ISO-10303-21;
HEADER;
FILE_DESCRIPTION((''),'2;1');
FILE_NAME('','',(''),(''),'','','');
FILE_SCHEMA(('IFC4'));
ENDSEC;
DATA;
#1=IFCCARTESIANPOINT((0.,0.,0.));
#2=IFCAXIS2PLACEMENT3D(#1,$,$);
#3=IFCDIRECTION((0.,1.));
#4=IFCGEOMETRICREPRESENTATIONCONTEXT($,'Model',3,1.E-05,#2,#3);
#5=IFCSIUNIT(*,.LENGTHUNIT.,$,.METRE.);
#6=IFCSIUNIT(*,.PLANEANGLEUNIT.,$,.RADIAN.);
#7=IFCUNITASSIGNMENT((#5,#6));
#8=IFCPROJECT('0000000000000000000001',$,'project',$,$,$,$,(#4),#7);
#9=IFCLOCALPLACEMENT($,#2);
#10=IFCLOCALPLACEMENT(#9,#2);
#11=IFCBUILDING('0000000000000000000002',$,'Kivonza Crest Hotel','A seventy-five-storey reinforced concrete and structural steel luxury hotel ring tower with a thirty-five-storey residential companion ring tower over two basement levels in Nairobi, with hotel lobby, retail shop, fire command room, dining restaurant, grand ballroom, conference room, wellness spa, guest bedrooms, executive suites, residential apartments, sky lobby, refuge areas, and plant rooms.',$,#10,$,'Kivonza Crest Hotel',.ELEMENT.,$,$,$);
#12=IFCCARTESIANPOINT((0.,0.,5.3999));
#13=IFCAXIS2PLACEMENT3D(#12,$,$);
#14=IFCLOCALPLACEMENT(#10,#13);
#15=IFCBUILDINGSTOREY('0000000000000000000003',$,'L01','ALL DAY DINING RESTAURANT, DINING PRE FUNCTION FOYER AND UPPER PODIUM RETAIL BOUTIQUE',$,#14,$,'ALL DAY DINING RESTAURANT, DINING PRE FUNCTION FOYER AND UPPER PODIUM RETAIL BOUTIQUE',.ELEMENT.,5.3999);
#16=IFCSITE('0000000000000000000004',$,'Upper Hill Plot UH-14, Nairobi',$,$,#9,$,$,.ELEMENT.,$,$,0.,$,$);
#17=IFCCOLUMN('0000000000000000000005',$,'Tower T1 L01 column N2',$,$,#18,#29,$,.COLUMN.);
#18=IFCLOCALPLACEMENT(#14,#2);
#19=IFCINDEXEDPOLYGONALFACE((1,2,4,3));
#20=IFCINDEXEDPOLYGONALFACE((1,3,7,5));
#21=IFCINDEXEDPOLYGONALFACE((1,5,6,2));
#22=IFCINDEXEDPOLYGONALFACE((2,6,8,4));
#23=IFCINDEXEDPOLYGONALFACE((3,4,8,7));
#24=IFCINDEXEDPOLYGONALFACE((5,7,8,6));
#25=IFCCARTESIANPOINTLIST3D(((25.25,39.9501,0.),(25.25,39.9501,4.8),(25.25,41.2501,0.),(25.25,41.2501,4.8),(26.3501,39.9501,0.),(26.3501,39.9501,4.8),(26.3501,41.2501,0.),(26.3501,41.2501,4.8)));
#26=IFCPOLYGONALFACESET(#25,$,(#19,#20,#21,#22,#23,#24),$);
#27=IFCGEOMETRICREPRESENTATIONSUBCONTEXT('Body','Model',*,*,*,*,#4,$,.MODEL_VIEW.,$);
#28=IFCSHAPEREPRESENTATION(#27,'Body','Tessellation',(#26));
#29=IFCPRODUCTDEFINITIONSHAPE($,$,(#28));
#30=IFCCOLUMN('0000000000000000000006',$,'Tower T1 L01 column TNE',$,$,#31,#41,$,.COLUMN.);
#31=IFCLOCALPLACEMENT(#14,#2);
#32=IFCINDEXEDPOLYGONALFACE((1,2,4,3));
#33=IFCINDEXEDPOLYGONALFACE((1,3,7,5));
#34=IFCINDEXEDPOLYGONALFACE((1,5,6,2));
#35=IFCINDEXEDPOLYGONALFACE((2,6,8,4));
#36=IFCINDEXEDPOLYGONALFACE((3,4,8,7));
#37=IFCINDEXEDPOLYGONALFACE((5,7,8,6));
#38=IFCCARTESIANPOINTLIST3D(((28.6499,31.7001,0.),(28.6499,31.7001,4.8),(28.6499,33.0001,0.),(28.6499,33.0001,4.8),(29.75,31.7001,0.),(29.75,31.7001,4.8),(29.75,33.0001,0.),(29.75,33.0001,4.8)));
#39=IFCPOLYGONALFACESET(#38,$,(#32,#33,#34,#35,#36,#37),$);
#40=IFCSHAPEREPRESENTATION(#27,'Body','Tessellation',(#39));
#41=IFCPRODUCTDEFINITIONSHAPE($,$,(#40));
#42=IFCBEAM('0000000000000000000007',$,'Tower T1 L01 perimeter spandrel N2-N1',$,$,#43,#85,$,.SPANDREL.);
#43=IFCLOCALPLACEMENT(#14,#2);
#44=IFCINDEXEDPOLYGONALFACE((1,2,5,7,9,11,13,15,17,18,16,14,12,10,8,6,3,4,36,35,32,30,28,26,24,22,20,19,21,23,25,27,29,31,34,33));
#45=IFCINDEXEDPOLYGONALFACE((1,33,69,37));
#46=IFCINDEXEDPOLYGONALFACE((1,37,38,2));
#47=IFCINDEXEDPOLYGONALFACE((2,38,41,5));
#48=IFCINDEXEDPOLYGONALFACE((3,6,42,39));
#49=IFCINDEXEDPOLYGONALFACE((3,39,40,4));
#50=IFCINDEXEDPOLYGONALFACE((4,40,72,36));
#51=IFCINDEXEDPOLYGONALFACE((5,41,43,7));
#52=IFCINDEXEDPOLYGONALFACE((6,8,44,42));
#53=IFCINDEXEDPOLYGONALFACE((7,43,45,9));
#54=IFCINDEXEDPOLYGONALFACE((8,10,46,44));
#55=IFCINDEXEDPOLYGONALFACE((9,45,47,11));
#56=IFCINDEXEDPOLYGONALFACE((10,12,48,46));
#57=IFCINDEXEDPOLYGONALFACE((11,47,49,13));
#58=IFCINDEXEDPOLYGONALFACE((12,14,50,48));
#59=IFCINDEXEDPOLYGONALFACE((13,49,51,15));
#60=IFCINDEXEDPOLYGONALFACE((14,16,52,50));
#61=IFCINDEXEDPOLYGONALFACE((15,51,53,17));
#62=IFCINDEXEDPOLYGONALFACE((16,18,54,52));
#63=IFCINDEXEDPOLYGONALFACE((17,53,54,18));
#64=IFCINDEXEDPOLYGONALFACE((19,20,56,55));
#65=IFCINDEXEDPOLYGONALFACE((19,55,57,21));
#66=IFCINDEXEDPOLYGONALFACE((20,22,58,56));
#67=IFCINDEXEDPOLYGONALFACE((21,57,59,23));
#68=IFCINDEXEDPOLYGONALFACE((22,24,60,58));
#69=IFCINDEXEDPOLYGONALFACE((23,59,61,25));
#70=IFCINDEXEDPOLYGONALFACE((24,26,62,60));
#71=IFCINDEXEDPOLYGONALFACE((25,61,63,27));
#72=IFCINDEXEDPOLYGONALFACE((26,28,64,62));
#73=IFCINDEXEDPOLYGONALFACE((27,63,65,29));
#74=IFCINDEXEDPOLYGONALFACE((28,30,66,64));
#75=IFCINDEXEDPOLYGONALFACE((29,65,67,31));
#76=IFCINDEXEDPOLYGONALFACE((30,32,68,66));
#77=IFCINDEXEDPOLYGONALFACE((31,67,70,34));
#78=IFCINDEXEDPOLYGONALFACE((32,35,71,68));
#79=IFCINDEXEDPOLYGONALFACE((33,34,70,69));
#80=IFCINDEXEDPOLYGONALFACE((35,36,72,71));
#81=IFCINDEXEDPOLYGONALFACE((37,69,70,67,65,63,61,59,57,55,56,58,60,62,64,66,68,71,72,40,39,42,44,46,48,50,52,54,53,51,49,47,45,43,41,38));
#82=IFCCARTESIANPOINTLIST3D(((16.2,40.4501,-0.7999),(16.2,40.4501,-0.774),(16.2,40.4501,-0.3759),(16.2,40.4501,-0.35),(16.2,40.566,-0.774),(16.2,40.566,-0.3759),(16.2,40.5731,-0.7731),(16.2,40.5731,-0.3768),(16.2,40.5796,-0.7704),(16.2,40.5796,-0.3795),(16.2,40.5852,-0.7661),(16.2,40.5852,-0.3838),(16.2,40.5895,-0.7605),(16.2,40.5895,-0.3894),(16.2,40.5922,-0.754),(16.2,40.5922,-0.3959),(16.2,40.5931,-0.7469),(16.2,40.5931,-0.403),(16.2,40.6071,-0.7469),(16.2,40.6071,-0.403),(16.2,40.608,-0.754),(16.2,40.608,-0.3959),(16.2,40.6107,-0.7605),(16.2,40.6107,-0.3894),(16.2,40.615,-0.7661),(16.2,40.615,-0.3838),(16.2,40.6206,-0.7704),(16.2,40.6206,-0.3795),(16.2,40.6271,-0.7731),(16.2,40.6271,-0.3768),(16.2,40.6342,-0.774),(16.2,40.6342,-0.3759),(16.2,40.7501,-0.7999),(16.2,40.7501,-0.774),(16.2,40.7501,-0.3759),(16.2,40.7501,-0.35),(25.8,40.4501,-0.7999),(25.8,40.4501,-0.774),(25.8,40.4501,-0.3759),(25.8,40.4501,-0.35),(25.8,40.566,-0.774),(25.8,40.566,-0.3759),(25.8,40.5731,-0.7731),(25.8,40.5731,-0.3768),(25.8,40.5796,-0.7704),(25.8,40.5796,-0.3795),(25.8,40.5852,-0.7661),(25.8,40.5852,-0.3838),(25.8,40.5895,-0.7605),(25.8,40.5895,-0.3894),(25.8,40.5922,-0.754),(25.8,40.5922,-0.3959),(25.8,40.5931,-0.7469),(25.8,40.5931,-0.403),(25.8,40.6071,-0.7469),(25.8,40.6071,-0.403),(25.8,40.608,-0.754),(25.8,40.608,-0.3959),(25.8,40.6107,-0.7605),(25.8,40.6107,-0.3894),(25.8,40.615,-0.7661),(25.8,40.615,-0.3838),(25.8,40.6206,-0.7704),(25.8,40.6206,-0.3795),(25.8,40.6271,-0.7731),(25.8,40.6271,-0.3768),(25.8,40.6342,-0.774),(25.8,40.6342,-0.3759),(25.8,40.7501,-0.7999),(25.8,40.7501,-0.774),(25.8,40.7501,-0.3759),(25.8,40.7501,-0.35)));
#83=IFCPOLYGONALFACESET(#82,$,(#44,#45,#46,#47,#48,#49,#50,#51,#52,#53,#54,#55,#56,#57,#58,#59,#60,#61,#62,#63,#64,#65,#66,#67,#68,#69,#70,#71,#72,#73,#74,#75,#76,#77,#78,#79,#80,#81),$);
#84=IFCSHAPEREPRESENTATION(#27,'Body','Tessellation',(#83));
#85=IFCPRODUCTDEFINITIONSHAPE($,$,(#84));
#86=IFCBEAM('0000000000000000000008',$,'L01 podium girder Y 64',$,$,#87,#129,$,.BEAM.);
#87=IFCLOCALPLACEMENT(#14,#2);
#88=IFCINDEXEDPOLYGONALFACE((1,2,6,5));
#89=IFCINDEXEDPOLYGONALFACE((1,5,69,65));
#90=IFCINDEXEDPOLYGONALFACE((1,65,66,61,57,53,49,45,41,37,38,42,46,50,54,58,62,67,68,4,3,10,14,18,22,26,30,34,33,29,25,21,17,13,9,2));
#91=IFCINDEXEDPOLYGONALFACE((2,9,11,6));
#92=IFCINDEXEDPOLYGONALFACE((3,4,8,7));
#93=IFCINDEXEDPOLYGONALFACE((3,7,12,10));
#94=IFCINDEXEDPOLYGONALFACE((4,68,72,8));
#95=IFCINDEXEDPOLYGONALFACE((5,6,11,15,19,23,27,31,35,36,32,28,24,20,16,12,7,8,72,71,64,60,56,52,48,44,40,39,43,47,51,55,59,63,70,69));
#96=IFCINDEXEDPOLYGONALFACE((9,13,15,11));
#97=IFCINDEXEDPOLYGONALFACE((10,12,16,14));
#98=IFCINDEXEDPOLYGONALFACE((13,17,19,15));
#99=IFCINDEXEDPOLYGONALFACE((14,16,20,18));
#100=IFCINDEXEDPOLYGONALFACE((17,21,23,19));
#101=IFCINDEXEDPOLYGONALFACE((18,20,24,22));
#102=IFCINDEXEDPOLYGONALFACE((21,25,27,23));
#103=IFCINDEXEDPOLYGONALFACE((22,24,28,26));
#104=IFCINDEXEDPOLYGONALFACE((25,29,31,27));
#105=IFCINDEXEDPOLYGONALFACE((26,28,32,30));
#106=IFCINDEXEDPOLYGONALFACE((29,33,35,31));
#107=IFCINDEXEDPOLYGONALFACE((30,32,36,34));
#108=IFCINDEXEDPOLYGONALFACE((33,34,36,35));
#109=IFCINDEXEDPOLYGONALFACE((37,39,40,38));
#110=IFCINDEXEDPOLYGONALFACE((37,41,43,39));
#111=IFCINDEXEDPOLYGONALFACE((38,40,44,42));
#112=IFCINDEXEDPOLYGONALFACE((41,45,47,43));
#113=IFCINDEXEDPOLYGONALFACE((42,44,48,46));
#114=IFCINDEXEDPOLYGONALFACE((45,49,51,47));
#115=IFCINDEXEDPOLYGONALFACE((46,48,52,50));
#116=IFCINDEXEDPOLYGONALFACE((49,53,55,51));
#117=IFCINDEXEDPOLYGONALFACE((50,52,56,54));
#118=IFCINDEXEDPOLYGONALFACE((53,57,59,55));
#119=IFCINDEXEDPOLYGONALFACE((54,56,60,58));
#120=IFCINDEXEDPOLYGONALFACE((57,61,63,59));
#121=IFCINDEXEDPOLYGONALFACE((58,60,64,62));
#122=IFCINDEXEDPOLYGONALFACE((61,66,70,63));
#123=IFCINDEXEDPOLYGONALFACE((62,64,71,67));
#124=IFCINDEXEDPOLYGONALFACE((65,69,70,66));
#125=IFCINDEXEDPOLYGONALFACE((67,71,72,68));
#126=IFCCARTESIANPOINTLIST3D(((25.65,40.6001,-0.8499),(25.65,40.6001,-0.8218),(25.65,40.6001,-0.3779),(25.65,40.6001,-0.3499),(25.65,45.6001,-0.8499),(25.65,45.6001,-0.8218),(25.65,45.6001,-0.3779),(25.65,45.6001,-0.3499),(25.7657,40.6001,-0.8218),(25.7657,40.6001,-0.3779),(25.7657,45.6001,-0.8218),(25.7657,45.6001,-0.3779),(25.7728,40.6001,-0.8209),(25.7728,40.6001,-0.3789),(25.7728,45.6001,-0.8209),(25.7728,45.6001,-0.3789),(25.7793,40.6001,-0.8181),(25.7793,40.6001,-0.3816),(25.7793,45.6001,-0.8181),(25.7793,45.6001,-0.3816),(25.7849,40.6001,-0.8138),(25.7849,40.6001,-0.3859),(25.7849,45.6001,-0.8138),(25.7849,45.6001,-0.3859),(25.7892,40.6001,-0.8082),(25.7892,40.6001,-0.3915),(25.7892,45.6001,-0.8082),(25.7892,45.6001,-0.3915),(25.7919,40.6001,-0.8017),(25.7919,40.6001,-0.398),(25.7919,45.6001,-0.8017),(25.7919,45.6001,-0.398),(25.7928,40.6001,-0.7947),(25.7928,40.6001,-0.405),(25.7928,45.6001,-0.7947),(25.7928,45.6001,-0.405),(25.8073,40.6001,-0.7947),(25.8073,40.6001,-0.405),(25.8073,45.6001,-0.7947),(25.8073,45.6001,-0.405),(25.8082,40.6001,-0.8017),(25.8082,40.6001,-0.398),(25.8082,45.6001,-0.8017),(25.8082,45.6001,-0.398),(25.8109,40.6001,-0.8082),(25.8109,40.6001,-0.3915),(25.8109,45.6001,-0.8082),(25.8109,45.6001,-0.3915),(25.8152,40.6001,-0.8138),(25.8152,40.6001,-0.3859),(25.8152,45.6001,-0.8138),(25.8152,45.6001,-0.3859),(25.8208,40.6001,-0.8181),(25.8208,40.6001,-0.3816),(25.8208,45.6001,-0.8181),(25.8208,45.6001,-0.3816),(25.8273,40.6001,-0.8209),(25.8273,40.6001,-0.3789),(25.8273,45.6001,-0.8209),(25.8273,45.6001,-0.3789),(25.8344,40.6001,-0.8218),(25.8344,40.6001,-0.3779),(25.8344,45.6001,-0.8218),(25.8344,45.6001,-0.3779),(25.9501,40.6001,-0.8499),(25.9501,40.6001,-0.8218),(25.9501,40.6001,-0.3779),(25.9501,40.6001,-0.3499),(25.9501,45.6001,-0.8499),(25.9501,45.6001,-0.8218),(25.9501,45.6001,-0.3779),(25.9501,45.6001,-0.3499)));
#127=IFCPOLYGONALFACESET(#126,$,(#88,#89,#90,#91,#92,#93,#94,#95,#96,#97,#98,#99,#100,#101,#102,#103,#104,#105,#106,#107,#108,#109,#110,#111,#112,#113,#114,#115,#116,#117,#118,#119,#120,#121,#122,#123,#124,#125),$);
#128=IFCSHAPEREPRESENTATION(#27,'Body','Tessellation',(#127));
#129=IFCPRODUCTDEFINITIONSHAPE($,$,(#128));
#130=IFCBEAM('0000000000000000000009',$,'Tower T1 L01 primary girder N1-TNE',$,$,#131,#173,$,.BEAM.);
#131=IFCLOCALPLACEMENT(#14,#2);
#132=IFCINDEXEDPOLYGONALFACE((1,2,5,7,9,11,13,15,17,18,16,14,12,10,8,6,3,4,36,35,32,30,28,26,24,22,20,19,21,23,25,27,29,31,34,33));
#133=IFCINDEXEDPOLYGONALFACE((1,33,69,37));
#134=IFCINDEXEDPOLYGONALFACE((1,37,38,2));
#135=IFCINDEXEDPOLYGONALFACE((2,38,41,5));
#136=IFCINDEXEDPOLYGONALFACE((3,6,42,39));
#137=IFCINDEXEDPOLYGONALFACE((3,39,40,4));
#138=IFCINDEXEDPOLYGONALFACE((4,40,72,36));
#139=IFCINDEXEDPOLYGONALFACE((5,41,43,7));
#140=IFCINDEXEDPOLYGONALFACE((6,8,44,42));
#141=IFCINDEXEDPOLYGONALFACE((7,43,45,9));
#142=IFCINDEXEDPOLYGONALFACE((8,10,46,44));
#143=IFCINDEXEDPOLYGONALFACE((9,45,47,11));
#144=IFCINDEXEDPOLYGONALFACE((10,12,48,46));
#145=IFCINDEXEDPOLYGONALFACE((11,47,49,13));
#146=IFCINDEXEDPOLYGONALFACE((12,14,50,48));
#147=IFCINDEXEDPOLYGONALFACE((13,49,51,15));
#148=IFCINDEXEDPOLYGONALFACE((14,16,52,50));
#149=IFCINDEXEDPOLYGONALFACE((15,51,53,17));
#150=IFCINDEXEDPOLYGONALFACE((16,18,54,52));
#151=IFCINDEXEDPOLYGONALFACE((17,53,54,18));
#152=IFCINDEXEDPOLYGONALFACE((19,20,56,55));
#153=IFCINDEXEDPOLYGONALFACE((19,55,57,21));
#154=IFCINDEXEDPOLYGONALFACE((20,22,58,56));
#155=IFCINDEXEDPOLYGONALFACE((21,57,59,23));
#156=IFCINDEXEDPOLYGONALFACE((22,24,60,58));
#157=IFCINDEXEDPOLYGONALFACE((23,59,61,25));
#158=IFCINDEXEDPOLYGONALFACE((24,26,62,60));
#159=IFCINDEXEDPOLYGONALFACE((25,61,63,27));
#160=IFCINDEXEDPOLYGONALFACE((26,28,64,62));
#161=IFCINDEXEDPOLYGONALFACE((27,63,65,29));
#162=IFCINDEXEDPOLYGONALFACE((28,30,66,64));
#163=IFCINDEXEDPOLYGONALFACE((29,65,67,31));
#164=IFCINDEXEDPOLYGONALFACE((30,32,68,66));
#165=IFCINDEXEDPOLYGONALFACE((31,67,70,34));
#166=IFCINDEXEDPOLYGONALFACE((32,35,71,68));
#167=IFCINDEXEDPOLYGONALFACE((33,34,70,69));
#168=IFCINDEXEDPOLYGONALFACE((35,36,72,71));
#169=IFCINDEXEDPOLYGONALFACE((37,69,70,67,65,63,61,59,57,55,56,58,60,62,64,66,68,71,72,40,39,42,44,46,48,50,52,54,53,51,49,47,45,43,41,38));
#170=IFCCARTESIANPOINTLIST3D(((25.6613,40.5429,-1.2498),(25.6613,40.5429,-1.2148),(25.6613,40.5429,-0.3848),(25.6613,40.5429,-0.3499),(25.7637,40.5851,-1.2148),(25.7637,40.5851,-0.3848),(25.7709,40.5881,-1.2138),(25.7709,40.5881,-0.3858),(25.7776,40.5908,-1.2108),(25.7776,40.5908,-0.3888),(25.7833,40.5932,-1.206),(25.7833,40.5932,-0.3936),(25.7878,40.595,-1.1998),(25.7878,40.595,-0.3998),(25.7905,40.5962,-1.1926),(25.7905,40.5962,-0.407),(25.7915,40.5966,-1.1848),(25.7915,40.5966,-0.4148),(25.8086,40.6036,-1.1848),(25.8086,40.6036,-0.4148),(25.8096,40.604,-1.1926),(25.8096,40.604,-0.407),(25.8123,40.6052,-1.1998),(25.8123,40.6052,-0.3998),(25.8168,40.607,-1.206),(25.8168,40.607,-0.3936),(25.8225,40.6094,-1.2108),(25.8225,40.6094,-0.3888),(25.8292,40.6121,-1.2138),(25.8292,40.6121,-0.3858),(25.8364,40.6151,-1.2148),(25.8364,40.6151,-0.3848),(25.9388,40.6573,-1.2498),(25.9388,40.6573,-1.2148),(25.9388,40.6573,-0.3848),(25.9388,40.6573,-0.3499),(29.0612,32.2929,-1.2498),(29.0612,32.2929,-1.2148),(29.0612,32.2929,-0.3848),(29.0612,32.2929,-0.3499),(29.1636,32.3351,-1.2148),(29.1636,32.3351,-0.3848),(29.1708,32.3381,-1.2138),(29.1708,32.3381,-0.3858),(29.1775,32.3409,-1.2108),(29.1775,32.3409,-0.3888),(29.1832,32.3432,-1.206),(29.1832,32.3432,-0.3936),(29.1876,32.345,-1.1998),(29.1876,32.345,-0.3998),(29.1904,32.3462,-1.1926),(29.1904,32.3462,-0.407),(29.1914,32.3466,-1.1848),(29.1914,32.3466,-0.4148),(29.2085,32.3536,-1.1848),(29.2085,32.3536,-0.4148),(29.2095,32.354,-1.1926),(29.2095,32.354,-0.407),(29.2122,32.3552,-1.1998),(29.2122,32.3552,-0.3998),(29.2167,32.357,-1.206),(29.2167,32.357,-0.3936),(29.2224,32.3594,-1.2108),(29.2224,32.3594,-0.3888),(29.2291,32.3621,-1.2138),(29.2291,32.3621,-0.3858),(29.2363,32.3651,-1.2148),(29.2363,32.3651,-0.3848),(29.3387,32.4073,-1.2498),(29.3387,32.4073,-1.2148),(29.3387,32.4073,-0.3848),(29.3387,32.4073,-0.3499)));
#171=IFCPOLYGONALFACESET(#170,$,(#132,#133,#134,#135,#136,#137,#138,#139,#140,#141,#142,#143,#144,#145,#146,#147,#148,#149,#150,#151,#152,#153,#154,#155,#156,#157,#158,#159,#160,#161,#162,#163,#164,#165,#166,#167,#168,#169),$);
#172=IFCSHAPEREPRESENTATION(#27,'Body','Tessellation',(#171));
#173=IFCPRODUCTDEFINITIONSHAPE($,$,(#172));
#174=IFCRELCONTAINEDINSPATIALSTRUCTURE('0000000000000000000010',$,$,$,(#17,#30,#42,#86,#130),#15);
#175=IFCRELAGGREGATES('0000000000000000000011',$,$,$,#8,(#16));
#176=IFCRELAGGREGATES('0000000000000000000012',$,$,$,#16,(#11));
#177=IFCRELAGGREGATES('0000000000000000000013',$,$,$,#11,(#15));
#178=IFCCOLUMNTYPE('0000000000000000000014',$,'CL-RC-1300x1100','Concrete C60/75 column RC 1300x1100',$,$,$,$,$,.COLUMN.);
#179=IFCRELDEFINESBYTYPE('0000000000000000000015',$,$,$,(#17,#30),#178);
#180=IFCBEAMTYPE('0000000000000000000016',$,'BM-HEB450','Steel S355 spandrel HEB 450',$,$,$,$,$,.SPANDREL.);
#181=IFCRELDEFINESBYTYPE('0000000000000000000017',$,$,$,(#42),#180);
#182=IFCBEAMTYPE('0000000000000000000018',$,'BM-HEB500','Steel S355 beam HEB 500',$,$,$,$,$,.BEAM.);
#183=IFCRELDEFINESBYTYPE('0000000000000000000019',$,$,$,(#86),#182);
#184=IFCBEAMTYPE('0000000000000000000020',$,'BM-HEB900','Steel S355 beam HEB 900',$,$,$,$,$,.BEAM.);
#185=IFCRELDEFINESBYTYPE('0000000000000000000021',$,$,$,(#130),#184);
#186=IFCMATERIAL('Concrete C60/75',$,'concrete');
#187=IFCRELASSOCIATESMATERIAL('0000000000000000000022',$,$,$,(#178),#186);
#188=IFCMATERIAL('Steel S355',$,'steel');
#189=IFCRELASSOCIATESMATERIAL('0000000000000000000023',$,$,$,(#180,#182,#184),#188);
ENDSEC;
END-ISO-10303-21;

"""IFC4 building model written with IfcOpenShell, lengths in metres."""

from ifc_helpers import new_model, si_unit, direction, frame, origin, origin_2d, place, context, subcontext, project, spatial, rectangle, i_section, extrude, material, material_profile, profile_set, type_object, element, save


model = new_model("IFC4")

# Units and contexts
model_context = context("Model", 3, precision=1e-05, world=origin(), true_north=direction((0.0, 1.0)))
body_context = subcontext(model_context, "Body", "Model", "MODEL_VIEW")
ifc_project = project(units=[si_unit("LENGTHUNIT", "METRE"), si_unit("PLANEANGLEUNIT", "RADIAN")], contexts=[model_context])

# Site, building, storey
site_placement = place(None, origin())
site = spatial("IfcSite", under=ifc_project, at=site_placement, Name="Upper Hill Plot UH-14, Nairobi", CompositionType="ELEMENT", RefElevation=0.0)
building_placement = place(site_placement, origin())
building = spatial("IfcBuilding", under=site, at=building_placement, Name="Kivonza Crest Hotel", Description="A seventy-five-storey reinforced concrete and structural steel luxury hotel ring tower with a thirty-five-storey residential companion ring tower over two basement levels in Nairobi, with hotel lobby, retail shop, fire command room, dining restaurant, grand ballroom, conference room, wellness spa, guest bedrooms, executive suites, residential apartments, sky lobby, refuge areas, and plant rooms.", LongName="Kivonza Crest Hotel", CompositionType="ELEMENT")
storey_placement = place(building_placement, frame((0.0, 0.0, 5.3999)))
storey = spatial("IfcBuildingStorey", under=building, at=storey_placement, Name="L01", Description="ALL DAY DINING RESTAURANT, DINING PRE FUNCTION FOYER AND UPPER PODIUM RETAIL BOUTIQUE", LongName="ALL DAY DINING RESTAURANT, DINING PRE FUNCTION FOYER AND UPPER PODIUM RETAIL BOUTIQUE", CompositionType="ELEMENT", Elevation=5.3999)

# Columns
ifc_material_1 = material(Name="Concrete C60/75", Category="concrete")
ifc_material_profile_1 = material_profile(ifc_material_1, rectangle(XDim=1.1001, YDim=1.3, at=origin_2d()), Name="RC 1300x1100")
ifc_profile_set_1 = profile_set([ifc_material_profile_1], Name="Concrete C60/75")
column_type = type_object("IfcColumnType", Name="CL-RC-1300x1100", Description="Concrete C60/75 column RC 1300x1100", PredefinedType="COLUMN", material=ifc_profile_set_1)
for number, where, z_axis, x_axis, name in (
    (1, (25.8, 40.6001, 0.0), (0.0, 0.0, 1.0), (1.0, 0.0, 0.0), "Tower T1 L01 column N2"),
    (2, (29.2, 32.3501, 0.0), (0.0, 0.0, 1.0), (1.0, 0.0, 0.0), "Tower T1 L01 column TNE"),
):
    element("IfcColumn", number, at=place(storey_placement, frame(where, z_axis=z_axis, x_axis=x_axis)), inside=storey, type_object=column_type, Name=name, PredefinedType="COLUMN", context=body_context, shape_type="SweptSolid", body=[
        extrude(rectangle(XDim=1.1001, YDim=1.3, at=origin_2d()), origin(), (0.0, 0.0, 1.0), 4.8),
    ])

# Beams
ifc_material_2 = material(Name="Steel S355", Category="steel")
ifc_material_profile_2 = material_profile(ifc_material_2, i_section(OverallWidth=0.3, OverallDepth=0.45, WebThickness=0.0139, FlangeThickness=0.0259, FilletRadius=0.0271, at=origin_2d()), Name="HEB 450")
ifc_profile_set_2 = profile_set([ifc_material_profile_2], Name="Steel S355")
beam_type_1 = type_object("IfcBeamType", Name="BM-HEB450", Description="Steel S355 spandrel HEB 450", PredefinedType="SPANDREL", material=ifc_profile_set_2)
beam_1_placement = place(storey_placement, frame((25.8, 40.6001, -0.575), z_axis=(-1.0, 0.0, 0.0), x_axis=(0.0, -1.0, 0.0)))
element("IfcBeam", 3, at=beam_1_placement, inside=storey, type_object=beam_type_1, Name="Tower T1 L01 perimeter spandrel N2-N1", PredefinedType="SPANDREL", context=body_context, shape_type="SweptSolid", body=[
    extrude(i_section(OverallWidth=0.3, OverallDepth=0.45, WebThickness=0.0139, FlangeThickness=0.0259, FilletRadius=0.0271, at=origin_2d()), origin(), (0.0, 0.0, 1.0), 9.6001),
])
ifc_material_profile_3 = material_profile(ifc_material_2, i_section(OverallWidth=0.3, OverallDepth=0.5, WebThickness=0.0144, FlangeThickness=0.0281, FilletRadius=0.0271, at=origin_2d()), Name="HEB 500")
ifc_profile_set_3 = profile_set([ifc_material_profile_3], Name="Steel S355")
beam_type_2 = type_object("IfcBeamType", Name="BM-HEB500", Description="Steel S355 beam HEB 500", PredefinedType="BEAM", material=ifc_profile_set_3)
beam_2_placement = place(storey_placement, frame((25.8, 40.6001, -0.5999), z_axis=(0.0, 1.0, 0.0), x_axis=(-1.0, 0.0, 0.0)))
element("IfcBeam", 4, at=beam_2_placement, inside=storey, type_object=beam_type_2, Name="L01 podium girder Y 64", PredefinedType="BEAM", context=body_context, shape_type="SweptSolid", body=[
    extrude(i_section(OverallWidth=0.3, OverallDepth=0.5, WebThickness=0.0144, FlangeThickness=0.0281, FilletRadius=0.0271, at=origin_2d()), origin(), (0.0, 0.0, 1.0), 5.0),
])
ifc_material_profile_4 = material_profile(ifc_material_2, i_section(OverallWidth=0.3, OverallDepth=0.8999, WebThickness=0.0186, FlangeThickness=0.0349, FilletRadius=0.03, at=origin_2d()), Name="HEB 900")
ifc_profile_set_4 = profile_set([ifc_material_profile_4], Name="Steel S355")
beam_type_3 = type_object("IfcBeamType", Name="BM-HEB900", Description="Steel S355 beam HEB 900", PredefinedType="BEAM", material=ifc_profile_set_4)
beam_3_placement = place(storey_placement, frame((25.8, 40.6001, -0.7998), z_axis=(0.381022, -0.924566, 0.0), x_axis=(0.924566, 0.381022, 0.0)))
element("IfcBeam", 5, at=beam_3_placement, inside=storey, type_object=beam_type_3, Name="Tower T1 L01 primary girder N1-TNE", PredefinedType="BEAM", context=body_context, shape_type="SweptSolid", body=[
    extrude(i_section(OverallWidth=0.3, OverallDepth=0.8999, WebThickness=0.0186, FlangeThickness=0.0349, FilletRadius=0.03, at=origin_2d()), origin(), (0.0, 0.0, 1.0), 8.9231),
])

save(model, "model.ifc")
